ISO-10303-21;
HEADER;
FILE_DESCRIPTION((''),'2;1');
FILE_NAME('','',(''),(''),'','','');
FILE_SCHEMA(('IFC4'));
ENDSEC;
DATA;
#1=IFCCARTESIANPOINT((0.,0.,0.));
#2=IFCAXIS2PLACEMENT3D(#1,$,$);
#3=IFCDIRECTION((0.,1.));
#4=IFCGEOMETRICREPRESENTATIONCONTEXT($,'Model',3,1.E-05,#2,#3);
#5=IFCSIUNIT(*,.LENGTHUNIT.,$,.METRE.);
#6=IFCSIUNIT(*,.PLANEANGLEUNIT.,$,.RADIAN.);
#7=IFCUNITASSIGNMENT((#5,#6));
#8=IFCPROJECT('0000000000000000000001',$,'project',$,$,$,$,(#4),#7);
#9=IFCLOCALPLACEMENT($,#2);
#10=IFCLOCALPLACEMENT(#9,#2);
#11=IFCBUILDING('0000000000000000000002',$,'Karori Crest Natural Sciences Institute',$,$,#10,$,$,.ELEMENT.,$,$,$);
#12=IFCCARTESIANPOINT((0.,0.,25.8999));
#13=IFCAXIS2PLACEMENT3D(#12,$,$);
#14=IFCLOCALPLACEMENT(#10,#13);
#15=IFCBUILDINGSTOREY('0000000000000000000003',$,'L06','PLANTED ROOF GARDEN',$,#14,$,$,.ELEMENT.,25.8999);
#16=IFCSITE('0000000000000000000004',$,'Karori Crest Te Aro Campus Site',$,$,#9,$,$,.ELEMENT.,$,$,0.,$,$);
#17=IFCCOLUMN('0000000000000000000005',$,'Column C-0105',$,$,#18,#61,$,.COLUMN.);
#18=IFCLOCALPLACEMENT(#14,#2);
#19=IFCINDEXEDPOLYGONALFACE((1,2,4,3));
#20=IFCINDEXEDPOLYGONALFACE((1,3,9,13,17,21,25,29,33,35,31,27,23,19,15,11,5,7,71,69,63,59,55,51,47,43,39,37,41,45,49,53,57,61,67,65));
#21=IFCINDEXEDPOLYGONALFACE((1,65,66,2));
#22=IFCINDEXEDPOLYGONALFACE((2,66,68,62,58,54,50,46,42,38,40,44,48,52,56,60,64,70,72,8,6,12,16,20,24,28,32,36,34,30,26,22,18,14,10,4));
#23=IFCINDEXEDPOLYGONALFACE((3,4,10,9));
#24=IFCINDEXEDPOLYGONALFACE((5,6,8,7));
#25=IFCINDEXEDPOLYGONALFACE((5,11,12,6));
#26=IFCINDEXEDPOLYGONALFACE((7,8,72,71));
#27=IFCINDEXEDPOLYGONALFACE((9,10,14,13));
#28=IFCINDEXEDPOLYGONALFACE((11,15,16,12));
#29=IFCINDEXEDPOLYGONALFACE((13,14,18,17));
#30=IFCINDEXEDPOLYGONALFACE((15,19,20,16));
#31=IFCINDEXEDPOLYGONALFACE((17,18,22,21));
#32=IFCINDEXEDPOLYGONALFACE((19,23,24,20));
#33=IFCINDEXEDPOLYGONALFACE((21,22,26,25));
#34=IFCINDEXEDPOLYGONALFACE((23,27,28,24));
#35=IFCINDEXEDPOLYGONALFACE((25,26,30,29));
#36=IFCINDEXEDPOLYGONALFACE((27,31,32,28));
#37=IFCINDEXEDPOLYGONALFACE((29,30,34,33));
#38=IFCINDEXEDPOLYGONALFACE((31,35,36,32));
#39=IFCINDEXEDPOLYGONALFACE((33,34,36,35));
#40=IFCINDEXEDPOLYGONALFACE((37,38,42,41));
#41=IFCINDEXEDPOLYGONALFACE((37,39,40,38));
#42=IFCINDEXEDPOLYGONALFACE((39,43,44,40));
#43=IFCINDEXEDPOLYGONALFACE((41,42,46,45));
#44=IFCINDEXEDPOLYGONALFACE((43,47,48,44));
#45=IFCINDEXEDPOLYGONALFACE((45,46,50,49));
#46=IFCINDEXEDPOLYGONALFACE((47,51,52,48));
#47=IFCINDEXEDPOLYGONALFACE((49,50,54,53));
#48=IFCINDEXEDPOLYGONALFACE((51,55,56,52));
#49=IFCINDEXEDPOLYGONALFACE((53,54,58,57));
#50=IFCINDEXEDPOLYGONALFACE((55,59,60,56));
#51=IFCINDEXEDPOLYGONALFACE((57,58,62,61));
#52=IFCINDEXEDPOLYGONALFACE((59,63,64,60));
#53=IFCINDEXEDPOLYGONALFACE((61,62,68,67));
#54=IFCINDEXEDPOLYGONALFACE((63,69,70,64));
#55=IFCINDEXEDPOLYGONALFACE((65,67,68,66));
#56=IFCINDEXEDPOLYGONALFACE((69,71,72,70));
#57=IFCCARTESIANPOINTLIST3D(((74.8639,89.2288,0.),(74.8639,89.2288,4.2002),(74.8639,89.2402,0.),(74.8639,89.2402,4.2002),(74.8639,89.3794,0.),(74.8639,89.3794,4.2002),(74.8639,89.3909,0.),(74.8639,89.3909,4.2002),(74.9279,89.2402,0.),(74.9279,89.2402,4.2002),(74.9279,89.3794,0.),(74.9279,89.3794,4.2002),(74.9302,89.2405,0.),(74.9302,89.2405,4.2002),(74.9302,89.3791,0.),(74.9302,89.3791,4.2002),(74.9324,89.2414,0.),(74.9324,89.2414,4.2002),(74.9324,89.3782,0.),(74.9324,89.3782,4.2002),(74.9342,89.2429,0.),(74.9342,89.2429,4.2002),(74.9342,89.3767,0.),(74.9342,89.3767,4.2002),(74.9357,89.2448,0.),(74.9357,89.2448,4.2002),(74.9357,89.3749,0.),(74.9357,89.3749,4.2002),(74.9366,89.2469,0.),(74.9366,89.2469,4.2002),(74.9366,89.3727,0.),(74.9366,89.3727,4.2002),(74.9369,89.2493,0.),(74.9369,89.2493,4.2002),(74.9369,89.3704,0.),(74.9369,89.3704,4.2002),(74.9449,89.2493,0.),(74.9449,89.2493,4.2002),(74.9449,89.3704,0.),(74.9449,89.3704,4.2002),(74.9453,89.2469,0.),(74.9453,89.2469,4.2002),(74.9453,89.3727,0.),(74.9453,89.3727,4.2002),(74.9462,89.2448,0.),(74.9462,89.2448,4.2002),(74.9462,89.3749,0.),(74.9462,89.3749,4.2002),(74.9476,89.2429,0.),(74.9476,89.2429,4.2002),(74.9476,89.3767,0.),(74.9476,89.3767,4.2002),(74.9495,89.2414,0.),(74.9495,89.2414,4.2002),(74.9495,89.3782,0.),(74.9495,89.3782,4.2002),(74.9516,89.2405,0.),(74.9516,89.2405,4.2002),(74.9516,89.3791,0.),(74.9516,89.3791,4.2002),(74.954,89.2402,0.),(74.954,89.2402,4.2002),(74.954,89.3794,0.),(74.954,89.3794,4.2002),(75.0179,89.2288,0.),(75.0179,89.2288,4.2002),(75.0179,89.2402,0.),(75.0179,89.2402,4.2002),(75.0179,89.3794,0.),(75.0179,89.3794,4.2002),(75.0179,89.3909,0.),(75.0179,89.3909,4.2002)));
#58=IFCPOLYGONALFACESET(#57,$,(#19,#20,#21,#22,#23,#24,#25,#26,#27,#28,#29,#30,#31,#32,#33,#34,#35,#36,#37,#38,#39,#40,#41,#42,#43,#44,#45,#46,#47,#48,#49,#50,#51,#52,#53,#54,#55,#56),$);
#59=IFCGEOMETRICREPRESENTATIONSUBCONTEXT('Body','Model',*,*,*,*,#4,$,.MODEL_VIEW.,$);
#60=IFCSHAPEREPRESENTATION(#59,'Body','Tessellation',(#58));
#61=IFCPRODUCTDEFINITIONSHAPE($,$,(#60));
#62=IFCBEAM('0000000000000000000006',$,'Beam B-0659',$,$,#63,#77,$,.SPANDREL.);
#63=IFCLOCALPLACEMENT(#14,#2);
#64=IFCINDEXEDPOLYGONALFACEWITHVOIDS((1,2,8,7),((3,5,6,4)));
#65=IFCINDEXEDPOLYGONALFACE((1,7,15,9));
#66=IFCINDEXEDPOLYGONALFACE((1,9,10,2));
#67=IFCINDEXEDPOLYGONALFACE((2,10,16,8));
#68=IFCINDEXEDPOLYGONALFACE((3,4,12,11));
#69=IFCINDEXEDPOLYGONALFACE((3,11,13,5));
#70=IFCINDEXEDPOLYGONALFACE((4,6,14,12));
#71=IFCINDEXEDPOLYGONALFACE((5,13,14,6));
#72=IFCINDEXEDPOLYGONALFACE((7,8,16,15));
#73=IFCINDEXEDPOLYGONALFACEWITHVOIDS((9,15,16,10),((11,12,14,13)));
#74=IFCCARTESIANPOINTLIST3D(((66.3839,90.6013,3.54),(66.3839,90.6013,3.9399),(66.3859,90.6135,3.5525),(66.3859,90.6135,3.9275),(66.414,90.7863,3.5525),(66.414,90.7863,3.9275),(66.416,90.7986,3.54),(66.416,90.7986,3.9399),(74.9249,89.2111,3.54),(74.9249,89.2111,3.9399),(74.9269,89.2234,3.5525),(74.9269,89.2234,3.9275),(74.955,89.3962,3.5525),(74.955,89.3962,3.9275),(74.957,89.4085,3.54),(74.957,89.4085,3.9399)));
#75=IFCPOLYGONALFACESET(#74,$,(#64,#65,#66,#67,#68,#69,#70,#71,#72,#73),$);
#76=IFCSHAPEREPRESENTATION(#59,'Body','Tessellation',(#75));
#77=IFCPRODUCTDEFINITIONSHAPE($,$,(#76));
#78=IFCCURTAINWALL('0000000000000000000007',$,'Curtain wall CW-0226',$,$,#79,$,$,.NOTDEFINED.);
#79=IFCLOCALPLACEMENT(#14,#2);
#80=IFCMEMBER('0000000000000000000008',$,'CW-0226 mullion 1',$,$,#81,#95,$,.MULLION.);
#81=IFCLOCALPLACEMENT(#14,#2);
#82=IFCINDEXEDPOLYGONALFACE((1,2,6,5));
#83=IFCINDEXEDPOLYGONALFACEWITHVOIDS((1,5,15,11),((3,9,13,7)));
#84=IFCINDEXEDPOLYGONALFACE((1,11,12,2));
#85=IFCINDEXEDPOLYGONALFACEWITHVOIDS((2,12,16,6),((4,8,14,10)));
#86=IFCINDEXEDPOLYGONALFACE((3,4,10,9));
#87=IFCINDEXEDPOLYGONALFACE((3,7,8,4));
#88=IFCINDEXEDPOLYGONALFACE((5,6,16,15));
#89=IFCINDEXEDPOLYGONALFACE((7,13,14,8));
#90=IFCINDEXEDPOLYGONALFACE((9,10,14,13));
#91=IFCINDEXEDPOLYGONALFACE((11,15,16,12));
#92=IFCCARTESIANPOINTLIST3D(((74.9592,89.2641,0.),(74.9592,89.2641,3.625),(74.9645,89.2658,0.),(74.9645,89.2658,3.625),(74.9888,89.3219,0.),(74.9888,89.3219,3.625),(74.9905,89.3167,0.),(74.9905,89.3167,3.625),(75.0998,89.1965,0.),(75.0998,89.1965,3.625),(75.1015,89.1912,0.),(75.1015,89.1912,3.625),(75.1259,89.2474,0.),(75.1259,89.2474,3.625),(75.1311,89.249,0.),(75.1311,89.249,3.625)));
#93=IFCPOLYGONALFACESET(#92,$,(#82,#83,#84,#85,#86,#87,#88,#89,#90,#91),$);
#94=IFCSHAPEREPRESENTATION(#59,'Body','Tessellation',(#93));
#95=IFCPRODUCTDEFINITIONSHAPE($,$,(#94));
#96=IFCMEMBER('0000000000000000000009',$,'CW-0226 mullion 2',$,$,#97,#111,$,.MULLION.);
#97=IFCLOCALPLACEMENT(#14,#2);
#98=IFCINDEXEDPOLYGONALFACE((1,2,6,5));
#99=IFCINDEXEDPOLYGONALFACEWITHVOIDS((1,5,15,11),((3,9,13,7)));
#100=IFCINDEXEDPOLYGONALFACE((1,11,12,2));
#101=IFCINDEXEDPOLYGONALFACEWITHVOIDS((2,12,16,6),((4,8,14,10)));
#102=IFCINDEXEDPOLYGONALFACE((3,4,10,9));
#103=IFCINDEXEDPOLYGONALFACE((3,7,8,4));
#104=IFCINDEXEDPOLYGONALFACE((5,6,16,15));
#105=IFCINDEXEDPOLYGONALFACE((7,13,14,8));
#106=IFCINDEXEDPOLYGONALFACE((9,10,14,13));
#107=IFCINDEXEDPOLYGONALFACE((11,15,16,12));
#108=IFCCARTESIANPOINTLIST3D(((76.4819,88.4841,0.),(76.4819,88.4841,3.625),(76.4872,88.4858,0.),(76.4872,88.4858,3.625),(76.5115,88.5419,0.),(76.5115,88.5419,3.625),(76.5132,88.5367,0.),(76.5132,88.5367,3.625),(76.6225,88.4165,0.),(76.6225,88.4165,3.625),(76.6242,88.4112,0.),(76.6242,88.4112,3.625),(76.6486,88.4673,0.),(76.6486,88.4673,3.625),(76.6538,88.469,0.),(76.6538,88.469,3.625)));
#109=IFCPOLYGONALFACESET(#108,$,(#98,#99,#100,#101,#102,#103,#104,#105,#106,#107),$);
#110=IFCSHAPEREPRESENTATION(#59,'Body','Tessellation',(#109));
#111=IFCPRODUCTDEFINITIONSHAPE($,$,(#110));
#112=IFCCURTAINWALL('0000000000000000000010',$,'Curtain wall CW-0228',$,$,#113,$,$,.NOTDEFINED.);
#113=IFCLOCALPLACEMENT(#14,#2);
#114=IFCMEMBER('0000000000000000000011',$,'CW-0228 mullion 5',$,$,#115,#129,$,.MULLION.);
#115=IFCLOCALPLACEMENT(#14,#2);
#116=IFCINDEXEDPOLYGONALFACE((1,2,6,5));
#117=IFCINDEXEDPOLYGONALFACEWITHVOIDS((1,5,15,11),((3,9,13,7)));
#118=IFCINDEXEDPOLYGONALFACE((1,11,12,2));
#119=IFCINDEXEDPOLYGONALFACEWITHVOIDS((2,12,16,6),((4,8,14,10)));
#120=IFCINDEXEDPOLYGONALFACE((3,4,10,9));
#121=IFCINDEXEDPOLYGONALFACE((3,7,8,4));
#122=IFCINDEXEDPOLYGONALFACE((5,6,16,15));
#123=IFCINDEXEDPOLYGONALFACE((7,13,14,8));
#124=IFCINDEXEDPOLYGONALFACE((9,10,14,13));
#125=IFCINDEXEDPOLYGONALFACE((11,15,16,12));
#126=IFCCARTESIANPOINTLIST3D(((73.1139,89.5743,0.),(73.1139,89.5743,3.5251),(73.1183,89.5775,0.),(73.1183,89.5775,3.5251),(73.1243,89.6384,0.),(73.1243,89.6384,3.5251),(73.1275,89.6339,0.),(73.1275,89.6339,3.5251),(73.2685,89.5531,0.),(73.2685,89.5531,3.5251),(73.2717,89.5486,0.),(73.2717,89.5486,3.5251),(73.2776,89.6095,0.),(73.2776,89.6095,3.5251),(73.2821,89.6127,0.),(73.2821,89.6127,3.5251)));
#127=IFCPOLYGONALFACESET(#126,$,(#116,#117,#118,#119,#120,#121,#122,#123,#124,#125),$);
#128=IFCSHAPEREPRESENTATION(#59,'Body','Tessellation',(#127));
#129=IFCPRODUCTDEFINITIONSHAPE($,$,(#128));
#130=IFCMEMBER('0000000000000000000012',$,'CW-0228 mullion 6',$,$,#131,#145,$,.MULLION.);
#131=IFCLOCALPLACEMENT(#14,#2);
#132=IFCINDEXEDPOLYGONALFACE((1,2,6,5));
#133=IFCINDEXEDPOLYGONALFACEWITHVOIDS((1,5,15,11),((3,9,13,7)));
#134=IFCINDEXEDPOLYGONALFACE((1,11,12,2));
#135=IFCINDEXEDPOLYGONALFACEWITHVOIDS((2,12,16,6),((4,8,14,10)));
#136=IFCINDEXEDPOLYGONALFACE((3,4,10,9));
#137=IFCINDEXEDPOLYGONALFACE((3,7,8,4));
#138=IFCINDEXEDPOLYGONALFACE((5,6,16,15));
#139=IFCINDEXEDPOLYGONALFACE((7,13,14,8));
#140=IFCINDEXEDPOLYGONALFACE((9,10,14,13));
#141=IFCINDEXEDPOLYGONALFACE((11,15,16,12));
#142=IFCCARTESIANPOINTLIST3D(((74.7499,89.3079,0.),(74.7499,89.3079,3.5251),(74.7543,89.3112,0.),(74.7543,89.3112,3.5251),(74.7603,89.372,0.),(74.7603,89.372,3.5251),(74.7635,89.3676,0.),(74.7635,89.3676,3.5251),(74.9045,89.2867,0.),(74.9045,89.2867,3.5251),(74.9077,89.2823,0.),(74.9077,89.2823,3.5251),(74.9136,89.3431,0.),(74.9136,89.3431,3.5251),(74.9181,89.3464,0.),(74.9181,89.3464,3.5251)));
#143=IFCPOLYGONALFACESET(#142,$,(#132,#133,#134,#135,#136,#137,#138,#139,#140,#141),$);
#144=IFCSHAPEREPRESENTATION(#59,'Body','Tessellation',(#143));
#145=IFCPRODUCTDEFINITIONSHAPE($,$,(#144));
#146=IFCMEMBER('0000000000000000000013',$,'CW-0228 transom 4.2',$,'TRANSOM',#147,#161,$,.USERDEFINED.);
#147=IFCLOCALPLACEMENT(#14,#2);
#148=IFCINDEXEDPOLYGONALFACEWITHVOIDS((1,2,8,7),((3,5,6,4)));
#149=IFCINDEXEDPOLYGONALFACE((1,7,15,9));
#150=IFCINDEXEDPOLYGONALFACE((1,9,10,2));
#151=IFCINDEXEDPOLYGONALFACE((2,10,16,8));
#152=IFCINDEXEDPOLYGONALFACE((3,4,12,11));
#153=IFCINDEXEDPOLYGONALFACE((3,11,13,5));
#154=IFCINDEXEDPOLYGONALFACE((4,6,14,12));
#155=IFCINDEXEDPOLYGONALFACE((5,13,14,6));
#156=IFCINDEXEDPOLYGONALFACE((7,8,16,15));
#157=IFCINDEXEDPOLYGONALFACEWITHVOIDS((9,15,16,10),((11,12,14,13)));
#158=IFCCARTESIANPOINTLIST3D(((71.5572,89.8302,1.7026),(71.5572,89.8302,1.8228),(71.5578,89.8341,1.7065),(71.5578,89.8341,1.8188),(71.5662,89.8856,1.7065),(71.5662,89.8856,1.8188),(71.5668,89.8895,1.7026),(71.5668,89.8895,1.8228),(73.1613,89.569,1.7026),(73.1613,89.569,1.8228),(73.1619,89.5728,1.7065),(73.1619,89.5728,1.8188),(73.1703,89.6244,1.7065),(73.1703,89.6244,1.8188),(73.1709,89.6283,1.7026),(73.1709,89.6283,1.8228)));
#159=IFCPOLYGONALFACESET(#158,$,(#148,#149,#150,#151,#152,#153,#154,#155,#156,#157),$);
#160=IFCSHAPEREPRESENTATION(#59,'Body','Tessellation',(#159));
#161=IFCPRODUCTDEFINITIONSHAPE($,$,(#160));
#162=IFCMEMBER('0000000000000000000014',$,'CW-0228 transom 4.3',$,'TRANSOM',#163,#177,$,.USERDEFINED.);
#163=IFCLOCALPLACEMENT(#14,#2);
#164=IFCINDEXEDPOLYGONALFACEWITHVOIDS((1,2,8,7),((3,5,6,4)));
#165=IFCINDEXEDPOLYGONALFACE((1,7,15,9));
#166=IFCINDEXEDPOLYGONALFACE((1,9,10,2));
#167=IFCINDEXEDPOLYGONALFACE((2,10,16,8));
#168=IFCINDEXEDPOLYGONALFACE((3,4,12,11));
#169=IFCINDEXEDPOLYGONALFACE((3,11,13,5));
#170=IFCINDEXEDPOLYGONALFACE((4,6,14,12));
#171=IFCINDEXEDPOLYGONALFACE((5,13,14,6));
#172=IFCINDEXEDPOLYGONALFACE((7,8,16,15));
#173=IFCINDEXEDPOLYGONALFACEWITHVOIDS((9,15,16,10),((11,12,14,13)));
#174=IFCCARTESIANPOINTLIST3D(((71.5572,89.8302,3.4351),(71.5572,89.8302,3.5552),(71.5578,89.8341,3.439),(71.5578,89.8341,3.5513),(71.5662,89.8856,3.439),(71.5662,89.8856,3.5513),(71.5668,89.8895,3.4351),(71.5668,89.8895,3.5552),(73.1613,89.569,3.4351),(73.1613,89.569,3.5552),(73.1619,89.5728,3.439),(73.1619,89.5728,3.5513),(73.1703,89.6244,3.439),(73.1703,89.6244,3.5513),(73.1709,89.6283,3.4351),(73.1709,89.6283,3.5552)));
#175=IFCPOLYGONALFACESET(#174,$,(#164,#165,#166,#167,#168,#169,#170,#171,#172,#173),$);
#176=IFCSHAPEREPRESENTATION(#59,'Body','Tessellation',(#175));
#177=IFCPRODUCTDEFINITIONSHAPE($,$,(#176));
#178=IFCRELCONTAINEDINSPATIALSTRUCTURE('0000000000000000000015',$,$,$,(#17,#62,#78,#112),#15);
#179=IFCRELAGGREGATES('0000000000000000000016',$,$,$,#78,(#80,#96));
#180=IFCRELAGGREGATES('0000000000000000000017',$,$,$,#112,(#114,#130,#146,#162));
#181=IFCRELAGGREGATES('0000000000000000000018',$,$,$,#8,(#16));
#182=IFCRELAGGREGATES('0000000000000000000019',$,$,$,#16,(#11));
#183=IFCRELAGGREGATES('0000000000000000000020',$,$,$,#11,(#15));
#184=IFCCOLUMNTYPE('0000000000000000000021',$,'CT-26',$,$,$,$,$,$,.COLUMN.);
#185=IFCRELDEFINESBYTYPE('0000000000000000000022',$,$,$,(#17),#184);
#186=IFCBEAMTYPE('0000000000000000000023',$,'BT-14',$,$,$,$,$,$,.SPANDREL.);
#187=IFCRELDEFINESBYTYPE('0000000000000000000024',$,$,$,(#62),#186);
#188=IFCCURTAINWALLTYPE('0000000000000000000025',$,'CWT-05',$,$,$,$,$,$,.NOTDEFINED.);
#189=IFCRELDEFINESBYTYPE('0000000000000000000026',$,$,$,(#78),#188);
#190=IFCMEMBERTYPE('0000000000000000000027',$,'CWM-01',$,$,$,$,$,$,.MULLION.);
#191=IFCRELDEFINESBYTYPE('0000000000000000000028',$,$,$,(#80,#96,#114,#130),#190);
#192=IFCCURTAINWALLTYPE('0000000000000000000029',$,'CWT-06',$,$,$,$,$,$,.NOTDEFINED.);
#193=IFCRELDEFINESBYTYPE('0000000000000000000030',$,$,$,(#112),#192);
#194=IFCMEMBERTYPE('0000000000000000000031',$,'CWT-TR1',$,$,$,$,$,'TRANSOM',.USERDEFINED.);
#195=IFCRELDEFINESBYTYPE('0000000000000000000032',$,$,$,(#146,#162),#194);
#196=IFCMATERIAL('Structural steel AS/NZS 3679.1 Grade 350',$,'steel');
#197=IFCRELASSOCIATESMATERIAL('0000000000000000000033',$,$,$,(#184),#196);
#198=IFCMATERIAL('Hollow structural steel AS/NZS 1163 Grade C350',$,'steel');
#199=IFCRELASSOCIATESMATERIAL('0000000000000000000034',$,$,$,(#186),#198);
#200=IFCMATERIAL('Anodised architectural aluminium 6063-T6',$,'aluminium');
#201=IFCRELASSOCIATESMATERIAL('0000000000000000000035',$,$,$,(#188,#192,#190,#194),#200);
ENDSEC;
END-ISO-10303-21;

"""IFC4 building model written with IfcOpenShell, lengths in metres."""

from ifc_helpers import new_model, si_unit, direction, frame, origin, origin_2d, place, context, subcontext, project, spatial, hollow_rectangle, i_section, extrude, material, material_profile, profile_set, type_object, element, aggregate, save


model = new_model("IFC4")

# Units and contexts
model_context = context("Model", 3, precision=1e-05, world=origin(), true_north=direction((0.0, 1.0)))
body_context = subcontext(model_context, "Body", "Model", "MODEL_VIEW")
ifc_project = project(units=[si_unit("LENGTHUNIT", "METRE"), si_unit("PLANEANGLEUNIT", "RADIAN")], contexts=[model_context])

# Site, building, storey
site_placement = place(None, origin())
site = spatial("IfcSite", under=ifc_project, at=site_placement, Name="Karori Crest Te Aro Campus Site", CompositionType="ELEMENT", RefElevation=0.0)
building_placement = place(site_placement, origin())
building = spatial("IfcBuilding", under=site, at=building_placement, Name="Karori Crest Natural Sciences Institute", CompositionType="ELEMENT")
storey_placement = place(building_placement, frame((0.0, 0.0, 25.8999)))
storey = spatial("IfcBuildingStorey", under=building, at=storey_placement, Name="L06", Description="PLANTED ROOF GARDEN", CompositionType="ELEMENT", Elevation=25.8999)

# Column
ifc_material_1 = material(Name="Structural steel AS/NZS 3679.1 Grade 350", Category="steel")
ifc_material_profile_1 = material_profile(ifc_material_1, i_section(OverallWidth=0.1541, OverallDepth=0.1621, WebThickness=0.0081, FlangeThickness=0.0115, FilletRadius=0.009, at=origin_2d()), Name="150UC37.2")
ifc_profile_set_1 = profile_set([ifc_material_profile_1], Name="Structural steel AS/NZS 3679.1 Grade 350")
column_type = type_object("IfcColumnType", Name="CT-26", PredefinedType="COLUMN", material=ifc_profile_set_1)
column_placement = place(storey_placement, frame((74.9409, 89.3098, 0.0), z_axis=(0.0, 0.0, 1.0), x_axis=(1.0, 0.0, 0.0)))
element("IfcColumn", 1, at=column_placement, inside=storey, type_object=column_type, Name="Column C-0105", PredefinedType="COLUMN", context=body_context, shape_type="SweptSolid", body=[
    extrude(i_section(OverallWidth=0.1541, OverallDepth=0.1621, WebThickness=0.0081, FlangeThickness=0.0115, FilletRadius=0.009, at=origin_2d()), origin(), (0.0, 0.0, 1.0), 4.2002),
])

# Beam
ifc_material_2 = material(Name="Hollow structural steel AS/NZS 1163 Grade C350", Category="steel")
ifc_material_profile_2 = material_profile(ifc_material_2, hollow_rectangle(XDim=0.2, YDim=0.3999, WallThickness=0.0125, at=origin_2d()), Name="RHS400x200x12.5")
ifc_profile_set_2 = profile_set([ifc_material_profile_2], Name="Hollow structural steel AS/NZS 1163 Grade C350")
beam_type = type_object("IfcBeamType", Name="BT-14", PredefinedType="SPANDREL", material=ifc_profile_set_2)
beam_placement = place(storey_placement, frame((74.9409, 89.3098, 3.74), z_axis=(-0.987012, 0.160646, 0.0), x_axis=(-0.160646, -0.987012, 0.0)))
element("IfcBeam", 2, at=beam_placement, inside=storey, type_object=beam_type, Name="Beam B-0659", PredefinedType="SPANDREL", context=body_context, shape_type="SweptSolid", body=[
    extrude(hollow_rectangle(XDim=0.2, YDim=0.3999, WallThickness=0.0125, at=origin_2d()), origin(), (0.0, 0.0, 1.0), 8.6533),
])

# Curtain walls, members
ifc_material_3 = material(Name="Anodised architectural aluminium 6063-T6", Category="aluminium")
curtain_wall_type_1 = type_object("IfcCurtainWallType", Name="CWT-05", PredefinedType="NOTDEFINED", material=ifc_material_3)
curtain_wall_1_placement = place(storey_placement, origin())
curtain_wall_1 = element("IfcCurtainWall", 3, at=curtain_wall_1_placement, inside=storey, type_object=curtain_wall_type_1, Name="Curtain wall CW-0226", PredefinedType="NOTDEFINED")
ifc_material_profile_3 = material_profile(ifc_material_3, hollow_rectangle(XDim=0.0649, YDim=0.1599, WallThickness=0.0039, at=origin_2d()), Name="CWM160x65x4")
ifc_profile_set_3 = profile_set([ifc_material_profile_3], Name="Anodised architectural aluminium 6063-T6")
member_type_1 = type_object("IfcMemberType", Name="CWM-01", PredefinedType="MULLION", material=ifc_profile_set_3)
member_1_placement = place(storey_placement, frame((75.0452, 89.2566, 0.0), z_axis=(0.0, 0.0, 1.0), x_axis=(0.455829, 0.890067, 0.0)))
member_1 = element("IfcMember", 4, at=member_1_placement, type_object=member_type_1, Name="CW-0226 mullion 1", PredefinedType="MULLION", context=body_context, shape_type="SweptSolid", body=[
    extrude(hollow_rectangle(XDim=0.0649, YDim=0.1599, WallThickness=0.0039, at=origin_2d()), origin(), (0.0, 0.0, 1.0), 3.625),
])
member_2_placement = place(storey_placement, frame((76.5679, 88.4766, 0.0), z_axis=(0.0, 0.0, 1.0), x_axis=(0.455829, 0.890067, 0.0)))
member_2 = element("IfcMember", 5, at=member_2_placement, type_object=member_type_1, Name="CW-0226 mullion 2", PredefinedType="MULLION", context=body_context, shape_type="SweptSolid", body=[
    extrude(hollow_rectangle(XDim=0.0649, YDim=0.1599, WallThickness=0.0039, at=origin_2d()), origin(), (0.0, 0.0, 1.0), 3.625),
])
curtain_wall_type_2 = type_object("IfcCurtainWallType", Name="CWT-06", PredefinedType="NOTDEFINED", material=ifc_material_3)
curtain_wall_2_placement = place(storey_placement, origin())
curtain_wall_2 = element("IfcCurtainWall", 6, at=curtain_wall_2_placement, inside=storey, type_object=curtain_wall_type_2, Name="Curtain wall CW-0228", PredefinedType="NOTDEFINED")
member_3_placement = place(storey_placement, frame((73.198, 89.5935, 0.0), z_axis=(0.0, 0.0, 1.0), x_axis=(0.160655, 0.987011, 0.0)))
member_3 = element("IfcMember", 7, at=member_3_placement, type_object=member_type_1, Name="CW-0228 mullion 5", PredefinedType="MULLION", context=body_context, shape_type="SweptSolid", body=[
    extrude(hollow_rectangle(XDim=0.0649, YDim=0.1599, WallThickness=0.0039, at=origin_2d()), origin(), (0.0, 0.0, 1.0), 3.5251),
])
member_4_placement = place(storey_placement, frame((74.834, 89.3271, 0.0), z_axis=(0.0, 0.0, 1.0), x_axis=(0.160655, 0.987011, 0.0)))
member_4 = element("IfcMember", 8, at=member_4_placement, type_object=member_type_1, Name="CW-0228 mullion 6", PredefinedType="MULLION", context=body_context, shape_type="SweptSolid", body=[
    extrude(hollow_rectangle(XDim=0.0649, YDim=0.1599, WallThickness=0.0039, at=origin_2d()), origin(), (0.0, 0.0, 1.0), 3.5251),
])
ifc_material_profile_4 = material_profile(ifc_material_3, hollow_rectangle(XDim=0.0601, YDim=0.1201, WallThickness=0.0039, at=origin_2d()), Name="CWT120x60x4")
ifc_profile_set_4 = profile_set([ifc_material_profile_4], Name="Anodised architectural aluminium 6063-T6")
member_type_2 = type_object("IfcMemberType", Name="CWT-TR1", ElementType="TRANSOM", PredefinedType="USERDEFINED", material=ifc_profile_set_4)
member_5_placement = place(storey_placement, frame((71.562, 89.8599, 1.7627), z_axis=(0.986996, -0.160744, 0.0), x_axis=(0.160744, 0.986996, 0.0)))
member_5 = element("IfcMember", 9, at=member_5_placement, type_object=member_type_2, Name="CW-0228 transom 4.2", ObjectType="TRANSOM", PredefinedType="USERDEFINED", context=body_context, shape_type="SweptSolid", body=[
    extrude(hollow_rectangle(XDim=0.0601, YDim=0.1201, WallThickness=0.0039, at=origin_2d()), origin(), (0.0, 0.0, 1.0), 1.6252),
])
member_6_placement = place(storey_placement, frame((71.562, 89.8599, 3.4951), z_axis=(0.986996, -0.160744, 0.0), x_axis=(0.160744, 0.986996, 0.0)))
member_6 = element("IfcMember", 10, at=member_6_placement, type_object=member_type_2, Name="CW-0228 transom 4.3", ObjectType="TRANSOM", PredefinedType="USERDEFINED", context=body_context, shape_type="SweptSolid", body=[
    extrude(hollow_rectangle(XDim=0.0601, YDim=0.1201, WallThickness=0.0039, at=origin_2d()), origin(), (0.0, 0.0, 1.0), 1.6252),
])

aggregate(curtain_wall_1, [member_1, member_2])
aggregate(curtain_wall_2, [member_3, member_4, member_5, member_6])

save(model, "model.ifc")
